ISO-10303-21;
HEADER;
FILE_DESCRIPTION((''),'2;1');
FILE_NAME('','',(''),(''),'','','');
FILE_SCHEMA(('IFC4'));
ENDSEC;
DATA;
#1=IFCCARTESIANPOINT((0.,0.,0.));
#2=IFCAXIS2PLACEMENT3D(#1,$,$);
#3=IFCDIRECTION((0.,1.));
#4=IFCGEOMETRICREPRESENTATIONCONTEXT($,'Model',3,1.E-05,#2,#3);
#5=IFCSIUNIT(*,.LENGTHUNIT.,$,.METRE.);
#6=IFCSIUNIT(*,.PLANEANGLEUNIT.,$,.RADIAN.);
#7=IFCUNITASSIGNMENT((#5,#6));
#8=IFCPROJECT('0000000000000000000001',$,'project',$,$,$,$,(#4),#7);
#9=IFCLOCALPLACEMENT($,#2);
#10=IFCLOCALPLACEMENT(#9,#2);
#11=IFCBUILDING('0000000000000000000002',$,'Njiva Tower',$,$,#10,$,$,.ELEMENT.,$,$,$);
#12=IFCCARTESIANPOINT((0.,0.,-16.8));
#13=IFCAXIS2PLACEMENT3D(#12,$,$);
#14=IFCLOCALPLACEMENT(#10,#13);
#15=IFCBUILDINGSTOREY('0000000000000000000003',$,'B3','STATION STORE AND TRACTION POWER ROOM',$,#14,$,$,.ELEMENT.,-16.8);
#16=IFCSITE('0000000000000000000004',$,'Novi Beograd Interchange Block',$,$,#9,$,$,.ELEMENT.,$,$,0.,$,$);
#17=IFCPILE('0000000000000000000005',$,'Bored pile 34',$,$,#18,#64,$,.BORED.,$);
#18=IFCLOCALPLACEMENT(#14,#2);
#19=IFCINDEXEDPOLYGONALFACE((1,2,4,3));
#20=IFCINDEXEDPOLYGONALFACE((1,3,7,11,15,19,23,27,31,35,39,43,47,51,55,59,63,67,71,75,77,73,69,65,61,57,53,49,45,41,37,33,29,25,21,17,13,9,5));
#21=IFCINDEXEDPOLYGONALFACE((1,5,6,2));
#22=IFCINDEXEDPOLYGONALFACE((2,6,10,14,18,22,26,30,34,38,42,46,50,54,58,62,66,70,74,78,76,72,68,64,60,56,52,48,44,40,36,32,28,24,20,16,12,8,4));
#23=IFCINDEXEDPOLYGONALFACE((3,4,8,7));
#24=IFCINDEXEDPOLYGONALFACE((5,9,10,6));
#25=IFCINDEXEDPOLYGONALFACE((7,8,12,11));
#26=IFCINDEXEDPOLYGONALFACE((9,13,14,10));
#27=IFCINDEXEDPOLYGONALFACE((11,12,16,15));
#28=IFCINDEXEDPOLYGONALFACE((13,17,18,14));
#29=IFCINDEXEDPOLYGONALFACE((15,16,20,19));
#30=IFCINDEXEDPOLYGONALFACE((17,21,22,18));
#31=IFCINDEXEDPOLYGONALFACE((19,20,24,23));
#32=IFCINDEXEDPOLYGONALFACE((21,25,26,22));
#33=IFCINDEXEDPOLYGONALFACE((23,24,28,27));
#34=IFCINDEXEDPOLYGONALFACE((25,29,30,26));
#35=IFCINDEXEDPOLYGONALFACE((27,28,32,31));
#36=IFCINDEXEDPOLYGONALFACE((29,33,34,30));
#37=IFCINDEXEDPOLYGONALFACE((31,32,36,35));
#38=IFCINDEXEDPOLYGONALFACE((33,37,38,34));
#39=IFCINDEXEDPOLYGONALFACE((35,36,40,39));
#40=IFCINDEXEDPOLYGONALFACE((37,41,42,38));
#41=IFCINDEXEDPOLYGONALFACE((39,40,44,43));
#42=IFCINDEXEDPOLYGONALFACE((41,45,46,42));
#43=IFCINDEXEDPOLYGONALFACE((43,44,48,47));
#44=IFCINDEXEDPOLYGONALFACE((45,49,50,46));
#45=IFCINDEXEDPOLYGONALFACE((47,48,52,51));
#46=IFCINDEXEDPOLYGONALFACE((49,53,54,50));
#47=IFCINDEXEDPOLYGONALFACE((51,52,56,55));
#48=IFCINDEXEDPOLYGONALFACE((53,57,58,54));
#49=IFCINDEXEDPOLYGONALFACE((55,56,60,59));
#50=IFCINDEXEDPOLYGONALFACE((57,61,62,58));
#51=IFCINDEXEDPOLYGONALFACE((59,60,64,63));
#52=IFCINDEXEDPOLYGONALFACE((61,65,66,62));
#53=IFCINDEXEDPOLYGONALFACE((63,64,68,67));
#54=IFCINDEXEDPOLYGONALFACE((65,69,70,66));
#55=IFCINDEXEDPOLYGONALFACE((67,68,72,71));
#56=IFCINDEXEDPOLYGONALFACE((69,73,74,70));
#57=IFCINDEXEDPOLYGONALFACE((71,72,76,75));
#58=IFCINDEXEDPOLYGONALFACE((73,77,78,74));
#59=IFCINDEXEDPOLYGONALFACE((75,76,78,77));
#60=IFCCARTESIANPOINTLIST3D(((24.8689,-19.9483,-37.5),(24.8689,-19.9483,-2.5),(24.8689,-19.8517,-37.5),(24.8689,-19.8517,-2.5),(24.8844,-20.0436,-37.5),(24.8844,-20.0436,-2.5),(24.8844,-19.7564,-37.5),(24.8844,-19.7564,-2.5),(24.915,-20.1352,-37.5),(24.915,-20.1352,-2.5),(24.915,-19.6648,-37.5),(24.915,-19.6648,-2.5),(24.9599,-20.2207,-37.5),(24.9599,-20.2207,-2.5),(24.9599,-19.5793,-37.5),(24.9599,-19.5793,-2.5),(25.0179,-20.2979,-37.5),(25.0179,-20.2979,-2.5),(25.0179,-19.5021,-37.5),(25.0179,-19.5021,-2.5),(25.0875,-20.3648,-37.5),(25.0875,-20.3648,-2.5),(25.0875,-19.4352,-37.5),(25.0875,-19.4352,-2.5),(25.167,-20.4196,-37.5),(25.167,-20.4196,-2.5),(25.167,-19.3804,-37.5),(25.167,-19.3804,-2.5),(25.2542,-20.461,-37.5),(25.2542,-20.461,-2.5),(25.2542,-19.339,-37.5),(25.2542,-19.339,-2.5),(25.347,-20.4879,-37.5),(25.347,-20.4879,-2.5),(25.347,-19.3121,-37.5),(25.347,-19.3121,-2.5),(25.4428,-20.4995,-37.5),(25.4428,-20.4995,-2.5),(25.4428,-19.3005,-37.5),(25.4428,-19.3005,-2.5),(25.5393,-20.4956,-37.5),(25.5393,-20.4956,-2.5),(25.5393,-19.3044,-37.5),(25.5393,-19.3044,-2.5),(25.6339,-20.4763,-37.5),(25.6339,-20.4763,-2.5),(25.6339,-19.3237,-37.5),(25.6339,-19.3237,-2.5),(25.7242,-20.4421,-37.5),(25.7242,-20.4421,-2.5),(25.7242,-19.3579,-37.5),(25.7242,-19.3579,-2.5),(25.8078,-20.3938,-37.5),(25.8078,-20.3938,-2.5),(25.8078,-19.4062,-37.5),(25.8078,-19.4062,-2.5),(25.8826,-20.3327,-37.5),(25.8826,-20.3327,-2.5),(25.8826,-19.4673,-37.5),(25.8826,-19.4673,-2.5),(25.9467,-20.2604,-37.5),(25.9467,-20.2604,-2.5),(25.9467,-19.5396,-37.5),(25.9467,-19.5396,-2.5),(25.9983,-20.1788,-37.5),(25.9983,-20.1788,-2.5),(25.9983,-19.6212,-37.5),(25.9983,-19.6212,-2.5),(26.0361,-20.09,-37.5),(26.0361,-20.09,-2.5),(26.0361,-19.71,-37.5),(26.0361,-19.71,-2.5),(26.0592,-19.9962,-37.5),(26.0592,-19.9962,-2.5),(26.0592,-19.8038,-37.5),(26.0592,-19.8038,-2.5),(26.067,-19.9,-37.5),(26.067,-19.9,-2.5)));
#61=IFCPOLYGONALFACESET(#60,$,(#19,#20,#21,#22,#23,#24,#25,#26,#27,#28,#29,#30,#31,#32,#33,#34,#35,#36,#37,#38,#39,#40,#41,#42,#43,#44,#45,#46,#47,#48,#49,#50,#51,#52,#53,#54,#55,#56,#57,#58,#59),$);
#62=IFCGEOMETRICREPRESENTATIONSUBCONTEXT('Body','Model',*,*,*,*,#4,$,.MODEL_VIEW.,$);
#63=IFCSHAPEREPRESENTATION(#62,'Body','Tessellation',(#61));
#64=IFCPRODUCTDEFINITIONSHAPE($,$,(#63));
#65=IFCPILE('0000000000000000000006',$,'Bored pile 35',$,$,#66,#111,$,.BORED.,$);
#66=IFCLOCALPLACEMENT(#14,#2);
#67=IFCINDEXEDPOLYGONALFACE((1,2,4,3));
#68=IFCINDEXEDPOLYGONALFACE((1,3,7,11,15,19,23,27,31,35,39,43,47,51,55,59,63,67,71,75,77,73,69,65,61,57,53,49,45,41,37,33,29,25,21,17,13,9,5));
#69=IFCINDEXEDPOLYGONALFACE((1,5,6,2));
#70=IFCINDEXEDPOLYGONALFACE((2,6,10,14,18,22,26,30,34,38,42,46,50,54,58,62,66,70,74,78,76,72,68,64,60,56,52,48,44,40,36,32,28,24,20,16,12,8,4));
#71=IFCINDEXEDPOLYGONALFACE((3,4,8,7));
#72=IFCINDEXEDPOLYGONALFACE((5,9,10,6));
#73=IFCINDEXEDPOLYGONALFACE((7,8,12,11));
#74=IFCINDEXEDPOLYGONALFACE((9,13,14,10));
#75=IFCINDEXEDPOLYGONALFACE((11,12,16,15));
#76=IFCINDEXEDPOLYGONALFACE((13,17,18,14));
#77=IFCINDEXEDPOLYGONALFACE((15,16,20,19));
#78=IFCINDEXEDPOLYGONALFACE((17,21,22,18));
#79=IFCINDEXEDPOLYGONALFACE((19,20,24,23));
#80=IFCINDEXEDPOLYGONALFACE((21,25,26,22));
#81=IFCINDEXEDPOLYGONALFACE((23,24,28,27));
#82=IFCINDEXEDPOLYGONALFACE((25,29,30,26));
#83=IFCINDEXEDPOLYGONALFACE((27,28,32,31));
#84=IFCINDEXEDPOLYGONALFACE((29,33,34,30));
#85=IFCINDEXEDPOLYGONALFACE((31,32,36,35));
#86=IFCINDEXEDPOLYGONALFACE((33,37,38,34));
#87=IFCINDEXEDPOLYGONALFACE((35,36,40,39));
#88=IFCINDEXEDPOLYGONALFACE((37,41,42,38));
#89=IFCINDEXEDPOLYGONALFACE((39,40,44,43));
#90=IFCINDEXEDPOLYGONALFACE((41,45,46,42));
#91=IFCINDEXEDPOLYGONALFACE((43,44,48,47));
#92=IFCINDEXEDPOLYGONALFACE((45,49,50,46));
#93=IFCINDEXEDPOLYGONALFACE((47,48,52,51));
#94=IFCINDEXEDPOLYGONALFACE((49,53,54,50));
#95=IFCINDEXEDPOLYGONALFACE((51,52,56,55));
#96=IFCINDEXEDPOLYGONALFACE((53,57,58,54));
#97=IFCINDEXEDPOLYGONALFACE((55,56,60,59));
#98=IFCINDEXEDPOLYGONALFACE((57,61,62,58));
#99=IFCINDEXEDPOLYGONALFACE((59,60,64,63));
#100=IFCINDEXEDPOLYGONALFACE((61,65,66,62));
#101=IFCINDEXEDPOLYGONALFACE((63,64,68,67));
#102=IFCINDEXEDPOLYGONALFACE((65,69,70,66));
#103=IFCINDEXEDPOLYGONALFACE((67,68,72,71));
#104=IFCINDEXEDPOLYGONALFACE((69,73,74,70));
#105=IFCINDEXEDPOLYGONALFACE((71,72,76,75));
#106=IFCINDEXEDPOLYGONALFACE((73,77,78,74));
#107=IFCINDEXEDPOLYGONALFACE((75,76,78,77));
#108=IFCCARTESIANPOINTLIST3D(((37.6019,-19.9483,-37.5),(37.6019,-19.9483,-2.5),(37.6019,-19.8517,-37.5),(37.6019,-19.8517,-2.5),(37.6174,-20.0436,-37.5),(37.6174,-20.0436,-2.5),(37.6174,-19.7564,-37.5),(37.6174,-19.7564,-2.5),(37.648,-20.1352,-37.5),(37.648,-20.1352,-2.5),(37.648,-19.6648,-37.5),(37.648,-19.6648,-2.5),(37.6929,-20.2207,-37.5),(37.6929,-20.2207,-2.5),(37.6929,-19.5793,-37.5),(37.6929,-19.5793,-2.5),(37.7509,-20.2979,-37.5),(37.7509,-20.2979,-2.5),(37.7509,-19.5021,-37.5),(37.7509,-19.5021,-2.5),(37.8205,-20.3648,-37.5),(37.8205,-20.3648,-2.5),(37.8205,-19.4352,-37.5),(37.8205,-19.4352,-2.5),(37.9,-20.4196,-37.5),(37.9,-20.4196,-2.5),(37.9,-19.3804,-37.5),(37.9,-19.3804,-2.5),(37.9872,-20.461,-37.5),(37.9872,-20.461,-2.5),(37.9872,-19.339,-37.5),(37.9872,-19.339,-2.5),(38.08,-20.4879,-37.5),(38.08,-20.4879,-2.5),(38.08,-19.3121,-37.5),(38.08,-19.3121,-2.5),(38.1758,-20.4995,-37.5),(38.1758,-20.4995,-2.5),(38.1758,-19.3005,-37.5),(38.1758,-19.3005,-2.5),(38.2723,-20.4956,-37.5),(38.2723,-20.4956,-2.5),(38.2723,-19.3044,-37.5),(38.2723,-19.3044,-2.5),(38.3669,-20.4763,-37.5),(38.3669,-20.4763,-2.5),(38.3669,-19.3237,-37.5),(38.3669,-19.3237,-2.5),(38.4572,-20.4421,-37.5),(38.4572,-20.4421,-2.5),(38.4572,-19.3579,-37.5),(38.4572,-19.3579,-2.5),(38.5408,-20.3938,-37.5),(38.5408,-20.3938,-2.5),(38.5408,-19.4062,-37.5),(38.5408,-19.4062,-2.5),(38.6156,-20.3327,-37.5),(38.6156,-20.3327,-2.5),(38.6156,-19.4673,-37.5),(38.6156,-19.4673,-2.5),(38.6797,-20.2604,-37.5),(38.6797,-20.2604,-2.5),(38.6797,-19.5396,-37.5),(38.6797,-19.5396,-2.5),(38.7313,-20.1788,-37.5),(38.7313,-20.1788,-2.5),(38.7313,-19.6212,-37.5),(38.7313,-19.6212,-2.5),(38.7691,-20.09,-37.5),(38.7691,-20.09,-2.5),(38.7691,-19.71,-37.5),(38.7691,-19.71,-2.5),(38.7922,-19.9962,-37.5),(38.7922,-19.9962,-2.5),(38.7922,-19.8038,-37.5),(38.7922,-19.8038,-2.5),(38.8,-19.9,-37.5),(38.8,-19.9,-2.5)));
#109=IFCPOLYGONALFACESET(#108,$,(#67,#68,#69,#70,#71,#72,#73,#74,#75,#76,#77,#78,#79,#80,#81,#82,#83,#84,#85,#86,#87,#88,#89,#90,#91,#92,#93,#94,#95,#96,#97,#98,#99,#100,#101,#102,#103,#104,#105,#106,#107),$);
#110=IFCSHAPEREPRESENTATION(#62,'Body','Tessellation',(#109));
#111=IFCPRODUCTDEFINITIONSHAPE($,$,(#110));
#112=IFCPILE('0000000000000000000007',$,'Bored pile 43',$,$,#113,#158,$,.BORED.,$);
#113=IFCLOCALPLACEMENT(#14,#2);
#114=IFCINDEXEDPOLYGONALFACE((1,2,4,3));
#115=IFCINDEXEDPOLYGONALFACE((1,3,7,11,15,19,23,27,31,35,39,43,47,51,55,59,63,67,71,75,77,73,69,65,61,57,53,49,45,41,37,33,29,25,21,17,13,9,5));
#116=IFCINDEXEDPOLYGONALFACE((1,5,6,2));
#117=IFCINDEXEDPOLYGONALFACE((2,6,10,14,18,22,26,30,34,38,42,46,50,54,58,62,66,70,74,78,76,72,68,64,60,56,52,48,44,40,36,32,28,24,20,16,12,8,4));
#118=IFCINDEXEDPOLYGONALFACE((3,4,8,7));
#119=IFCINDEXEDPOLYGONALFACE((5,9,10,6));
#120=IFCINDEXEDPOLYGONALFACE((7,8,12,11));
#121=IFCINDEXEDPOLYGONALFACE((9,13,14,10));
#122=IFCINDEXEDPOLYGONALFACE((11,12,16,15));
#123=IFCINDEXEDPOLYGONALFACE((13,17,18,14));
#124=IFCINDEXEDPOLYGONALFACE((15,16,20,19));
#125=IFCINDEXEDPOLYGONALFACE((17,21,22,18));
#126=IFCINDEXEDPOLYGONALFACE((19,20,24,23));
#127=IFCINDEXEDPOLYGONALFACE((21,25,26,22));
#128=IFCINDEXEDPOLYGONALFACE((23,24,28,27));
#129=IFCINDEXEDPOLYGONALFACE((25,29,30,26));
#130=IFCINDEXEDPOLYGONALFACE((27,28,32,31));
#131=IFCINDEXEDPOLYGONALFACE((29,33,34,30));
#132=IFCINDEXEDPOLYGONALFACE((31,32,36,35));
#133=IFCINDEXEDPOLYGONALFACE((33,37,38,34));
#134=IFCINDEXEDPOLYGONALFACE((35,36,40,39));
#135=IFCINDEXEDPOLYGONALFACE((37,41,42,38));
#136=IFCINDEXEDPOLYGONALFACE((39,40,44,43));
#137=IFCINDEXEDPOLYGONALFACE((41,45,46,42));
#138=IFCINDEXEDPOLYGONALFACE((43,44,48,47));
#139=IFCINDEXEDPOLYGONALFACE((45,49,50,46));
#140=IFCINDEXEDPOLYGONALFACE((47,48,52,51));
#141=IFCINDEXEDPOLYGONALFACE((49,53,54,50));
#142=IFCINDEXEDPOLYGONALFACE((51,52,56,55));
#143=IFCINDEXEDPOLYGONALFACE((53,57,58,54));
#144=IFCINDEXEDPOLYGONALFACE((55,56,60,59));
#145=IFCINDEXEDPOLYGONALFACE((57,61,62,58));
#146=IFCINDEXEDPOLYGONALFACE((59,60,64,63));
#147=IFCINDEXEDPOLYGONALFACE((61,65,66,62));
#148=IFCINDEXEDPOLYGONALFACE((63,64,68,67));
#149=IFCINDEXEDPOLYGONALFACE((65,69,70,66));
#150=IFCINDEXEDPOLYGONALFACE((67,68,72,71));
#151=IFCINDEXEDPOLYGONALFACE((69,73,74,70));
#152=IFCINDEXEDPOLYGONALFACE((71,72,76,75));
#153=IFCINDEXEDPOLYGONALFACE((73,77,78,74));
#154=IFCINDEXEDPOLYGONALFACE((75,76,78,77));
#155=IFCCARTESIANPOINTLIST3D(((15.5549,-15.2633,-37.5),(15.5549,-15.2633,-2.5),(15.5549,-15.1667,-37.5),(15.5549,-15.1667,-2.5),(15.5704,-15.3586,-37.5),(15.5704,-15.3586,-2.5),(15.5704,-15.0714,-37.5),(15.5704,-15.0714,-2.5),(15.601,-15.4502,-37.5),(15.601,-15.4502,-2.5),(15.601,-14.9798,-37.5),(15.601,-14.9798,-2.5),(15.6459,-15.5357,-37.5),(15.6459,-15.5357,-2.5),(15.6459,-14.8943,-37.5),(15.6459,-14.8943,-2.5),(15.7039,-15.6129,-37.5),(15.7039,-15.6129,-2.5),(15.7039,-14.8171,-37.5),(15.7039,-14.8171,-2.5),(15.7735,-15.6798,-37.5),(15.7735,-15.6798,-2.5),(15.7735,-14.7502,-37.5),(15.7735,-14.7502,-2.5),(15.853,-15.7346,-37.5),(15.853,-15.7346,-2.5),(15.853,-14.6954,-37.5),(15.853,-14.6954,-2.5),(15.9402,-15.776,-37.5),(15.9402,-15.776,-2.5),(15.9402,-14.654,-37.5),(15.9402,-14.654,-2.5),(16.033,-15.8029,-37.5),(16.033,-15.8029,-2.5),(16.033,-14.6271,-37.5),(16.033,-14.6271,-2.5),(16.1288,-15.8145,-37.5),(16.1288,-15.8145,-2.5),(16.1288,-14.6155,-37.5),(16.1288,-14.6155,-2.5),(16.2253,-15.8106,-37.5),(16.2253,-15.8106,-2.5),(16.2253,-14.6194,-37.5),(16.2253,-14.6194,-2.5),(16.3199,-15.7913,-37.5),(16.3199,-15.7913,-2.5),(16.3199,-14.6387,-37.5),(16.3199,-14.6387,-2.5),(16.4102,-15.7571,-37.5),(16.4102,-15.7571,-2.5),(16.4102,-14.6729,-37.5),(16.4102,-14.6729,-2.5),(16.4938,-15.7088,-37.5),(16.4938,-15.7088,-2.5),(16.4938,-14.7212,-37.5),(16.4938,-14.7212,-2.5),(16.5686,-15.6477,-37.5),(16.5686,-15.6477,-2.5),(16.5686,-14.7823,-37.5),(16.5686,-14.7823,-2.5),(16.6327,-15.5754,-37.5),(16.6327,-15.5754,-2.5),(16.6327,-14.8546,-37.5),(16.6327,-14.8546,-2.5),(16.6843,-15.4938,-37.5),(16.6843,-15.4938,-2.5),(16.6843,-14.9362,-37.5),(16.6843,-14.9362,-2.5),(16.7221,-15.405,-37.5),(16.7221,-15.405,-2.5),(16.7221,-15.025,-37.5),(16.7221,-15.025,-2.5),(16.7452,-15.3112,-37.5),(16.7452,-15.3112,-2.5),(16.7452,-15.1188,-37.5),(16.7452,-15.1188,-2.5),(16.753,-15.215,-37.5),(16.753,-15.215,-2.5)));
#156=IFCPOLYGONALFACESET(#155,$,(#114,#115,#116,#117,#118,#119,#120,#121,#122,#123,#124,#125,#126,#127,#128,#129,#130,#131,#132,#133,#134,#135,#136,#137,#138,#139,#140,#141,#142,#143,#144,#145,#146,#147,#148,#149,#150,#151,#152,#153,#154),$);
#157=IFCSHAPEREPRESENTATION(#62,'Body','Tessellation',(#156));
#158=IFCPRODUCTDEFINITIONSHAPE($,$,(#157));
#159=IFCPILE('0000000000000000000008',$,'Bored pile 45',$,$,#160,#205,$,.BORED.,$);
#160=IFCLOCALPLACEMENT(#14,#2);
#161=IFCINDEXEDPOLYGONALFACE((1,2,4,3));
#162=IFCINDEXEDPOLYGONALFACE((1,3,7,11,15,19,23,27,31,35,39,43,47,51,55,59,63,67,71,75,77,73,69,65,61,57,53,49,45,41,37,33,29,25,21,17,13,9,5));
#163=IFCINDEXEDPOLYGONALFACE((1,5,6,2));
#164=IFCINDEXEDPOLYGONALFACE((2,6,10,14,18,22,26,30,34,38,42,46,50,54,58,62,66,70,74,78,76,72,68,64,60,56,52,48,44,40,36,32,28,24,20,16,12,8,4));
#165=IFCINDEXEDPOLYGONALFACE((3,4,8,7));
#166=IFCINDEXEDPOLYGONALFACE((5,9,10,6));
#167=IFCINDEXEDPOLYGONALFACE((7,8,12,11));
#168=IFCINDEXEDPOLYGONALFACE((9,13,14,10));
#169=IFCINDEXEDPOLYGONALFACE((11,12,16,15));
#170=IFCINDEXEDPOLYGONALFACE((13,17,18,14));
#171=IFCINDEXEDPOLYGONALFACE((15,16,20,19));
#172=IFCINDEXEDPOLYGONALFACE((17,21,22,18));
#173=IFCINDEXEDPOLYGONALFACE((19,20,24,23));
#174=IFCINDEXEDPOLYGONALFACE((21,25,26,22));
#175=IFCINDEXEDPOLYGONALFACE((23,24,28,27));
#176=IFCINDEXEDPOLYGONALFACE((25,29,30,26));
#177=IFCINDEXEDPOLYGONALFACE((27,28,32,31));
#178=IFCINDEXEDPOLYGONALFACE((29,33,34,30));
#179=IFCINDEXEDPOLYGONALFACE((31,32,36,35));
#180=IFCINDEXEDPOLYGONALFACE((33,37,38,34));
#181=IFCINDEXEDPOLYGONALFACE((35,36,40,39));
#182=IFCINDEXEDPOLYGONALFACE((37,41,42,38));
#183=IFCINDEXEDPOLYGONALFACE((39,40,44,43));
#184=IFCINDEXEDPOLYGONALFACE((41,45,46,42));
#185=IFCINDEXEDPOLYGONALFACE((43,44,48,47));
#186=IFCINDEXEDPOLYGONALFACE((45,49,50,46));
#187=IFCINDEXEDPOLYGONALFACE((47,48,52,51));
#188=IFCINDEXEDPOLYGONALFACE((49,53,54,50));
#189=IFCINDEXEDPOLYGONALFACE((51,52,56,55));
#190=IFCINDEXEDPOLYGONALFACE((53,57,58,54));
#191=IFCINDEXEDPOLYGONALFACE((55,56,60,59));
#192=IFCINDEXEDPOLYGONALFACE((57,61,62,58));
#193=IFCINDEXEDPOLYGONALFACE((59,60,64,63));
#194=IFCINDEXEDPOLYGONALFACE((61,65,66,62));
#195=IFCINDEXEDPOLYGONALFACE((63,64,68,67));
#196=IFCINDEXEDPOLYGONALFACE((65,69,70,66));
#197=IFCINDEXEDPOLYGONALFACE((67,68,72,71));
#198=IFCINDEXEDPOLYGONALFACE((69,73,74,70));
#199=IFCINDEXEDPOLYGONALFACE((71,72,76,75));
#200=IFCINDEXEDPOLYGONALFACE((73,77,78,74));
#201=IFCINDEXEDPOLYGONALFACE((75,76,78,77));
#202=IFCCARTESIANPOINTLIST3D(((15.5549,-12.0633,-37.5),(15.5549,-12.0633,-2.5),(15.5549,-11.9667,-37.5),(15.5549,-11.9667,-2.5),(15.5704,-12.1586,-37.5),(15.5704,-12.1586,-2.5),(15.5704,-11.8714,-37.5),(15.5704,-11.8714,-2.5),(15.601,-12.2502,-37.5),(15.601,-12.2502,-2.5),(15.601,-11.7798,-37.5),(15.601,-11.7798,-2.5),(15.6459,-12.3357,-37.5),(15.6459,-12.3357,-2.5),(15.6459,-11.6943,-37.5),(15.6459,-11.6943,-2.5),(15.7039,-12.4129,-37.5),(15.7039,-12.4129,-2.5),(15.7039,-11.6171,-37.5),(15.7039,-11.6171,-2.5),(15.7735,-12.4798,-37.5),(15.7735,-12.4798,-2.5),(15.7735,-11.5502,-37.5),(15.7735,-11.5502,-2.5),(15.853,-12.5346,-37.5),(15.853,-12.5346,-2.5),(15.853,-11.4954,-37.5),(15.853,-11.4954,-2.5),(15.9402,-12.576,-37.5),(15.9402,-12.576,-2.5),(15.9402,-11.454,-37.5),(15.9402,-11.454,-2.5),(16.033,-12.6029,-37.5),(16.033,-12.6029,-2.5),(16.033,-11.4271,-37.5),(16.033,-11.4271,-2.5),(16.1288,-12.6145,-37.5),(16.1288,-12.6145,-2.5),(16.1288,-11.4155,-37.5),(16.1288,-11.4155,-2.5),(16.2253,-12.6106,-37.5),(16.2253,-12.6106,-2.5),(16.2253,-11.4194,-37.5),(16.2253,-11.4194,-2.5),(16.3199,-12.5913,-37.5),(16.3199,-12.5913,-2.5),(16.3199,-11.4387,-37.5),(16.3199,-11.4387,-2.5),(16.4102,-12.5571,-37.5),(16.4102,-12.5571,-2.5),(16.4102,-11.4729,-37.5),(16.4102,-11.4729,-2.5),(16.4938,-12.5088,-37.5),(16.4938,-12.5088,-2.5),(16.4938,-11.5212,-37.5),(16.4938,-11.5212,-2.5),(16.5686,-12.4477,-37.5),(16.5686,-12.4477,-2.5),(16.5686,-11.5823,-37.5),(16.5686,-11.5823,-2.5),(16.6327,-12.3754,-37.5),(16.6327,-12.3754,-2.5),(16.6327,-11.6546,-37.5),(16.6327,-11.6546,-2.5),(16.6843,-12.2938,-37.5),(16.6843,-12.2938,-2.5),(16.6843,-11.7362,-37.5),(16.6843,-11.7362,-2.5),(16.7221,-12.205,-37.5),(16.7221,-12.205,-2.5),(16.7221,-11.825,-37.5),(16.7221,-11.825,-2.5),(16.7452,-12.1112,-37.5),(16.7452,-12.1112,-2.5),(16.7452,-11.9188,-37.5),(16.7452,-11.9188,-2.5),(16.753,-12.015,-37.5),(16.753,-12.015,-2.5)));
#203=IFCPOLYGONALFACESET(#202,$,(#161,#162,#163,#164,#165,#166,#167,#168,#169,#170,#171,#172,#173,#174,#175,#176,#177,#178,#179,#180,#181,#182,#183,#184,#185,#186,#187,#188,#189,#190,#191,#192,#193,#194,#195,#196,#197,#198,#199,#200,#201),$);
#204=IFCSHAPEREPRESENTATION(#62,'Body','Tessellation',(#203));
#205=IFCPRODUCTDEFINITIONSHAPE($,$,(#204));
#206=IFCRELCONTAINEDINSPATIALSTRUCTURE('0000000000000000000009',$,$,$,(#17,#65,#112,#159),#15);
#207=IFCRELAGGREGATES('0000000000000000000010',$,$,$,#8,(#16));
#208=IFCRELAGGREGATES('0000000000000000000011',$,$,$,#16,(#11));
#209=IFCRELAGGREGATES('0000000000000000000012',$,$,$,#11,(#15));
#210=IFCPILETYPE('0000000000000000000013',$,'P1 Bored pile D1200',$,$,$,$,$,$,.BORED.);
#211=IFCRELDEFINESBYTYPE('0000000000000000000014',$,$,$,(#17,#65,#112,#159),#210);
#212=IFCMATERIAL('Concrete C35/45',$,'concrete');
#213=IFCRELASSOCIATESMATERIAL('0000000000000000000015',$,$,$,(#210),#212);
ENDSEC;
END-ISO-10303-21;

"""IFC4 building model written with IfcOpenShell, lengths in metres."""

from ifc_helpers import new_model, si_unit, direction, frame, origin, origin_2d, place, context, subcontext, project, spatial, circle, extrude, material, material_profile, profile_set, type_object, element, save


model = new_model("IFC4")

# Units and contexts
model_context = context("Model", 3, precision=1e-05, world=origin(), true_north=direction((0.0, 1.0)))
body_context = subcontext(model_context, "Body", "Model", "MODEL_VIEW")
ifc_project = project(units=[si_unit("LENGTHUNIT", "METRE"), si_unit("PLANEANGLEUNIT", "RADIAN")], contexts=[model_context])

# Site, building, storey
site_placement = place(None, origin())
site = spatial("IfcSite", under=ifc_project, at=site_placement, Name="Novi Beograd Interchange Block", CompositionType="ELEMENT", RefElevation=0.0)
building_placement = place(site_placement, origin())
building = spatial("IfcBuilding", under=site, at=building_placement, Name="Njiva Tower", CompositionType="ELEMENT")
storey_placement = place(building_placement, frame((0.0, 0.0, -16.8)))
storey = spatial("IfcBuildingStorey", under=building, at=storey_placement, Name="B3", Description="STATION STORE AND TRACTION POWER ROOM", CompositionType="ELEMENT", Elevation=-16.8)

# Piles
ifc_material_1 = material(Name="Concrete C35/45", Category="concrete")
ifc_material_profile_1 = material_profile(ifc_material_1, circle(Radius=0.6, at=origin_2d()), Name="D1200")
ifc_profile_set_1 = profile_set([ifc_material_profile_1], Name="Concrete C35/45")
pile_type = type_object("IfcPileType", Name="P1 Bored pile D1200", PredefinedType="BORED", material=ifc_profile_set_1)
for number, where, z_axis, x_axis, name in (
    (1, (25.467, -19.9, -2.5), (0.0, 0.0, -1.0), (1.0, 0.0, 0.0), "Bored pile 34"),
    (2, (38.2, -19.9, -2.5), (0.0, 0.0, -1.0), (1.0, 0.0, 0.0), "Bored pile 35"),
    (3, (16.153, -15.215, -2.5), (0.0, 0.0, -1.0), (1.0, 0.0, 0.0), "Bored pile 43"),
    (4, (16.153, -12.015, -2.5), (0.0, 0.0, -1.0), (1.0, 0.0, 0.0), "Bored pile 45"),
):
    element("IfcPile", number, at=place(storey_placement, frame(where, z_axis=z_axis, x_axis=x_axis)), inside=storey, type_object=pile_type, Name=name, PredefinedType="BORED", context=body_context, shape_type="SweptSolid", body=[
        extrude(circle(Radius=0.6, at=origin_2d()), origin(), (0.0, 0.0, 1.0), 35.0),
    ])

save(model, "model.ifc")
